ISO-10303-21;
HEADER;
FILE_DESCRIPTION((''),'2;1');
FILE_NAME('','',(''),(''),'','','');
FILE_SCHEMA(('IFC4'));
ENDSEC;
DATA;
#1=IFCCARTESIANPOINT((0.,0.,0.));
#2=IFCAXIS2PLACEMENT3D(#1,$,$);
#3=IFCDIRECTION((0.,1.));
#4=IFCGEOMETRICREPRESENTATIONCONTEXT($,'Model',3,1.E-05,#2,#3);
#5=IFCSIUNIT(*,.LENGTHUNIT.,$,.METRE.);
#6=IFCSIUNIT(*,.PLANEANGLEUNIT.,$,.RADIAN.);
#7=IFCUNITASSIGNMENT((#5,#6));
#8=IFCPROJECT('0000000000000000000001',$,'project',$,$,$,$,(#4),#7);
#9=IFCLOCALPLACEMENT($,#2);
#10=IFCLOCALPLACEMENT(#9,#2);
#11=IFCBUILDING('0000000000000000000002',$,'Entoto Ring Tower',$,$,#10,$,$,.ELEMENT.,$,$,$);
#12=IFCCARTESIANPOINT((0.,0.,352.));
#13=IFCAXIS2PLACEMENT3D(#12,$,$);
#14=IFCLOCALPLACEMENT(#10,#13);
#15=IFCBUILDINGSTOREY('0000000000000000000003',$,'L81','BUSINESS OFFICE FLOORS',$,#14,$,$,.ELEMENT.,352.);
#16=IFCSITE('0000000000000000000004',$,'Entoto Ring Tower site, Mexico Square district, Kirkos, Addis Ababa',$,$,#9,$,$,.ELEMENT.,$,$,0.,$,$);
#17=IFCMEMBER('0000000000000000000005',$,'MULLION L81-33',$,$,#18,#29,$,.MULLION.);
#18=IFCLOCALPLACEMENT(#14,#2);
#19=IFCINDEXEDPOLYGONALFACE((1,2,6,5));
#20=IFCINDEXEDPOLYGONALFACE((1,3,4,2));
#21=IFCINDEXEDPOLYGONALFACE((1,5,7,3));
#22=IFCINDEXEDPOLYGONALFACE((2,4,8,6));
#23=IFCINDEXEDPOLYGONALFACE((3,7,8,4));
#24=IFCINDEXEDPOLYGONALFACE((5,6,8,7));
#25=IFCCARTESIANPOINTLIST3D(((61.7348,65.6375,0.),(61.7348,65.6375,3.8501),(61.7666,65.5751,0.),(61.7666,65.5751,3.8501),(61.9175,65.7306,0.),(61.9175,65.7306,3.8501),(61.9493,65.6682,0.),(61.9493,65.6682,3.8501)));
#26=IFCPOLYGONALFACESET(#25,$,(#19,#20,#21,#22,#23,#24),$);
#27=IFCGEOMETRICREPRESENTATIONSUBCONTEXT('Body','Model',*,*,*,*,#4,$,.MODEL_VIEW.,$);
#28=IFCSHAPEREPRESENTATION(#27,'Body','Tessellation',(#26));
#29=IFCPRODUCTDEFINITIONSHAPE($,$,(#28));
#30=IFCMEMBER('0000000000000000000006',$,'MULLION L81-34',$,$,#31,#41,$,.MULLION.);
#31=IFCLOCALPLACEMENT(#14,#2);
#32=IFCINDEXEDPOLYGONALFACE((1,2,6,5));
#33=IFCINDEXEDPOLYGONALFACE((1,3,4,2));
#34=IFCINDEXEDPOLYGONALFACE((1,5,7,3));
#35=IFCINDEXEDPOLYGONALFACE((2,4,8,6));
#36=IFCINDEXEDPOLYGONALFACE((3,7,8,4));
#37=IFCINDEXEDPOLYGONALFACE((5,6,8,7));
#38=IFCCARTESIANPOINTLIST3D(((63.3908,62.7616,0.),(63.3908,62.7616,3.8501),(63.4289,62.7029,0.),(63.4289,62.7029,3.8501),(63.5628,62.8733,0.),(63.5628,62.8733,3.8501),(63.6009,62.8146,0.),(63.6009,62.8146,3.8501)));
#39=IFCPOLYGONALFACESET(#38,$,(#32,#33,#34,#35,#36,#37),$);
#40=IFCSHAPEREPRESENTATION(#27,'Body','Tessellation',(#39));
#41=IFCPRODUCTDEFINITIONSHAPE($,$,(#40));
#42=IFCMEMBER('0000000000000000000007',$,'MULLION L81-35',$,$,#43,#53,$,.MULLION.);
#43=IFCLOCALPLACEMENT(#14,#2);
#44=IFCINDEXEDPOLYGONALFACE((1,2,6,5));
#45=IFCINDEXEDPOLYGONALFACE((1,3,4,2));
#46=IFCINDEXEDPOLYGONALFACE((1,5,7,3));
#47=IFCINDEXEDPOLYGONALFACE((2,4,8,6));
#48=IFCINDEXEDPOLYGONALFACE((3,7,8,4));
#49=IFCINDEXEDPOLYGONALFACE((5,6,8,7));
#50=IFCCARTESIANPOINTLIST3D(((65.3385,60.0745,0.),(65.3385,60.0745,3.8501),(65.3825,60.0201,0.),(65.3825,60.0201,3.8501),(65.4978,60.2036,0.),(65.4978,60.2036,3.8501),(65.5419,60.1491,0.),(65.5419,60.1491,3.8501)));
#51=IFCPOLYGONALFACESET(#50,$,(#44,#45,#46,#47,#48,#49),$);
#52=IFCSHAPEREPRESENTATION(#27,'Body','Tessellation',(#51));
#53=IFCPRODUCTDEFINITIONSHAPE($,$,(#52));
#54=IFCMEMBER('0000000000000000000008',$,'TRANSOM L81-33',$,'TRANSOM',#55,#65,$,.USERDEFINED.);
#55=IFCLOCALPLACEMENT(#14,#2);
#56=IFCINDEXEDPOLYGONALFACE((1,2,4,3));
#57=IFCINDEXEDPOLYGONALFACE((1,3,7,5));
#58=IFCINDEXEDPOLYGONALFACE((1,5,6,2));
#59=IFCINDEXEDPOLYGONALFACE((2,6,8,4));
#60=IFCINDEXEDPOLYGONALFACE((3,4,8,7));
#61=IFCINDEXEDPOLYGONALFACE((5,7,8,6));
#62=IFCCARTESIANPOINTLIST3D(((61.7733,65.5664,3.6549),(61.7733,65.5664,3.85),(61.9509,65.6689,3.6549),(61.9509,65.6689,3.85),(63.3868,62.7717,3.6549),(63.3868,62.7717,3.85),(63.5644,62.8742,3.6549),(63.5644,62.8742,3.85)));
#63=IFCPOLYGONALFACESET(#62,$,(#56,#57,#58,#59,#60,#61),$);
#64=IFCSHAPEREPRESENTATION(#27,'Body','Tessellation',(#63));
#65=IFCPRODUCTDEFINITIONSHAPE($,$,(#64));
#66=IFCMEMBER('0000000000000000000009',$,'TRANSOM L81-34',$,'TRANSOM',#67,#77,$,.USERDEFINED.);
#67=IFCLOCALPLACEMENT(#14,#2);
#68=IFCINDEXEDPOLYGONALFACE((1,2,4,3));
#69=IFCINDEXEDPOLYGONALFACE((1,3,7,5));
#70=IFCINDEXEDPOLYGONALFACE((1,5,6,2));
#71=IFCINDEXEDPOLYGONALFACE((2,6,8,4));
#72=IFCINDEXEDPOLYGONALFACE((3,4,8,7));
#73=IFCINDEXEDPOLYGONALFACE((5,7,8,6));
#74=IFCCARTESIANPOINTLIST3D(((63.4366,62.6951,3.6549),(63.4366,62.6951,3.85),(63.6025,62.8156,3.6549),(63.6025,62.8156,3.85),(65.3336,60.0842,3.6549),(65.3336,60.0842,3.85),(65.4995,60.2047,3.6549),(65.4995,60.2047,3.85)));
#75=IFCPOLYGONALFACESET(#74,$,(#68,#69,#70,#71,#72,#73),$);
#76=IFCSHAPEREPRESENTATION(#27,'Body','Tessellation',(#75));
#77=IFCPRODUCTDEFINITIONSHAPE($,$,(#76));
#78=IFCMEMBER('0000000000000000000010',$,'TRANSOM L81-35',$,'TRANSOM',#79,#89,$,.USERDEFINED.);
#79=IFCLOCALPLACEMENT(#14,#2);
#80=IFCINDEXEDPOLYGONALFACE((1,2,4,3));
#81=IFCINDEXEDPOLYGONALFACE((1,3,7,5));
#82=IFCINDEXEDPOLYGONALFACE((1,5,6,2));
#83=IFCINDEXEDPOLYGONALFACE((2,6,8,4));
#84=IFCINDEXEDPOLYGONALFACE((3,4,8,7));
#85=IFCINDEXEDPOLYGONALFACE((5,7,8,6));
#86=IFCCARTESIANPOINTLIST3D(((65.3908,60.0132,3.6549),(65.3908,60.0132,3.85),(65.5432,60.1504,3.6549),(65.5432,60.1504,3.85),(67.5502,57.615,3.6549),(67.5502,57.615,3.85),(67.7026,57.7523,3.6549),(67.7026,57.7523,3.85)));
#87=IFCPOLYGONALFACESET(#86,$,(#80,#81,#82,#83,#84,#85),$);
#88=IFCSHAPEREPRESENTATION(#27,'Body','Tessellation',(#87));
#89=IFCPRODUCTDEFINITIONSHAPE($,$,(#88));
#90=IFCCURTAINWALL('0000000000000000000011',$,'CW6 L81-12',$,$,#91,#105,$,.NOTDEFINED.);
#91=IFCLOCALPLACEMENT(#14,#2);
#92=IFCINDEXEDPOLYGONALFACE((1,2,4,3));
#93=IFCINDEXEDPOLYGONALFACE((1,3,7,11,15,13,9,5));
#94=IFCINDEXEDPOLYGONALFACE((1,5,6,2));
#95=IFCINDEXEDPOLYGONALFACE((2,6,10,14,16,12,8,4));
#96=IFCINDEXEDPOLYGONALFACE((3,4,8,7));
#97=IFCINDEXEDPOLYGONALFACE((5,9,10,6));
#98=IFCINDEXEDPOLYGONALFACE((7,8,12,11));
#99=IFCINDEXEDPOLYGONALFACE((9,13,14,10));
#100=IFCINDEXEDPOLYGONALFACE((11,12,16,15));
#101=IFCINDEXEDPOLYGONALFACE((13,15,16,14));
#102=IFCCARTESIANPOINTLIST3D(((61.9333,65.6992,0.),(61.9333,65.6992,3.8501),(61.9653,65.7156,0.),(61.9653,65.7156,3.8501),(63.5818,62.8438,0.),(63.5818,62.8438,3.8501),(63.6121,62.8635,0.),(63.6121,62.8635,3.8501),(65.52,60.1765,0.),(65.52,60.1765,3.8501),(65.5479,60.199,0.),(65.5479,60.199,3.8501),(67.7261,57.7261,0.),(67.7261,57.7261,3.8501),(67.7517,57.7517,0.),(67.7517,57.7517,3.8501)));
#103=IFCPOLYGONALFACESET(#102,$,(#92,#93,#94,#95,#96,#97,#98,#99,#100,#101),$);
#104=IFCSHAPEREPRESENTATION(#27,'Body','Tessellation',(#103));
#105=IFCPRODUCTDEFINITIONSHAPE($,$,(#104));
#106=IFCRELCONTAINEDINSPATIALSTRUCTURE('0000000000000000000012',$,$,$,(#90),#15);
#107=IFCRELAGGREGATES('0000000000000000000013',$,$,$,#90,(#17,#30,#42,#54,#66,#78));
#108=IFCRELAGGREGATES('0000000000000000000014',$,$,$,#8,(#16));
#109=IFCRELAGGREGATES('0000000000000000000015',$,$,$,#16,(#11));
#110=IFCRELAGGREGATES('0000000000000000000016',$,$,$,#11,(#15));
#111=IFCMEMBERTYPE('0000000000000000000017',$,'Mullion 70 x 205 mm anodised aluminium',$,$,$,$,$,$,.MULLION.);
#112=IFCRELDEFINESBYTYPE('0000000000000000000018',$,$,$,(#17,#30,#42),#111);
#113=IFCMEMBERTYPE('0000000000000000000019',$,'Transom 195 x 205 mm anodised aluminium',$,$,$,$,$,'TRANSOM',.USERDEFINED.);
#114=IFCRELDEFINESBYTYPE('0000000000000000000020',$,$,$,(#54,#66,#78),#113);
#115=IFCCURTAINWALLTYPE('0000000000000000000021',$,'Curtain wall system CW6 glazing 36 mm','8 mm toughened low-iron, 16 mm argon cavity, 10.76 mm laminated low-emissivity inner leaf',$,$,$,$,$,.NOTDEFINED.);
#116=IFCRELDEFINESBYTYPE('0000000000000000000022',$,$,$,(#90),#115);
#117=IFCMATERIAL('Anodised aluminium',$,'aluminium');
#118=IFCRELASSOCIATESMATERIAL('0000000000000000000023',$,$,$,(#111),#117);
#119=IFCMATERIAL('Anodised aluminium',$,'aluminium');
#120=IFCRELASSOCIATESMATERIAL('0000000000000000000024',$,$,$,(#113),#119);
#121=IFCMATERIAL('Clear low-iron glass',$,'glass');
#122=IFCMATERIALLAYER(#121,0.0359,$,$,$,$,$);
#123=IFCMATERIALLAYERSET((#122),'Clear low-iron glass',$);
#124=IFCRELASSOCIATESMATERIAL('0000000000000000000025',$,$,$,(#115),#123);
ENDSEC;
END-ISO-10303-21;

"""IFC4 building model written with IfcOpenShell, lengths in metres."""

from ifc_helpers import new_model, si_unit, direction, frame, origin, origin_2d, place, context, subcontext, project, spatial, polyline, rectangle, outline, extrude, material, layer, layer_set, material_profile, profile_set, type_object, element, aggregate, save


model = new_model("IFC4")

# Units and contexts
model_context = context("Model", 3, precision=1e-05, world=origin(), true_north=direction((0.0, 1.0)))
body_context = subcontext(model_context, "Body", "Model", "MODEL_VIEW")
ifc_project = project(units=[si_unit("LENGTHUNIT", "METRE"), si_unit("PLANEANGLEUNIT", "RADIAN")], contexts=[model_context])

# Members
ifc_material_1 = material(Name="Anodised aluminium", Category="aluminium")
ifc_material_profile_1 = material_profile(ifc_material_1, rectangle(XDim=0.0701, YDim=0.2051, at=origin_2d()), Name="Mullion 70 x 205 mm anodised aluminium")
ifc_profile_set_1 = profile_set([ifc_material_profile_1], Name="Anodised aluminium")
member_type_1 = type_object("IfcMemberType", Name="Mullion 70 x 205 mm anodised aluminium", PredefinedType="MULLION", material=ifc_profile_set_1)
site_placement = place(None, origin())
building_placement = place(site_placement, origin())
storey_placement = place(building_placement, frame((0.0, 0.0, 352.0)))
member_1_placement = place(storey_placement, frame((61.842, 65.6528, 0.0), z_axis=(0.0, 0.0, 1.0), x_axis=(0.45399, -0.891007, 0.0)))
member_1 = element("IfcMember", 1, at=member_1_placement, type_object=member_type_1, Name="MULLION L81-33", PredefinedType="MULLION", context=body_context, shape_type="SweptSolid", body=[
    extrude(rectangle(XDim=0.0701, YDim=0.2051, at=origin_2d()), origin(), (0.0, 0.0, 1.0), 3.8501),
])
member_2_placement = place(storey_placement, frame((63.4958, 62.7881, 0.0), z_axis=(0.0, 0.0, 1.0), x_axis=(0.544639, -0.838671, 0.0)))
member_2 = element("IfcMember", 2, at=member_2_placement, type_object=member_type_1, Name="MULLION L81-34", PredefinedType="MULLION", context=body_context, shape_type="SweptSolid", body=[
    extrude(rectangle(XDim=0.0701, YDim=0.2051, at=origin_2d()), origin(), (0.0, 0.0, 1.0), 3.8501),
])
member_3_placement = place(storey_placement, frame((65.4402, 60.1118, 0.0), z_axis=(0.0, 0.0, 1.0), x_axis=(0.62932, -0.777146, 0.0)))
member_3 = element("IfcMember", 3, at=member_3_placement, type_object=member_type_1, Name="MULLION L81-35", PredefinedType="MULLION", context=body_context, shape_type="SweptSolid", body=[
    extrude(rectangle(XDim=0.0701, YDim=0.2051, at=origin_2d()), origin(), (0.0, 0.0, 1.0), 3.8501),
])
ifc_material_2 = material(Name="Anodised aluminium", Category="aluminium")
ifc_material_profile_2 = material_profile(ifc_material_2, rectangle(XDim=0.2051, YDim=0.1951, at=origin_2d()), Name="Transom 195 x 205 mm anodised aluminium")
ifc_profile_set_2 = profile_set([ifc_material_profile_2], Name="Anodised aluminium")
member_type_2 = type_object("IfcMemberType", Name="Transom 195 x 205 mm anodised aluminium", ElementType="TRANSOM", PredefinedType="USERDEFINED", material=ifc_profile_set_2)
member_4_placement = place(storey_placement, frame((61.8621, 65.6177, 3.7524), z_axis=(0.500004, -0.866023, 0.0), x_axis=(0.866023, 0.500004, 0.0)))
member_4 = element("IfcMember", 4, at=member_4_placement, type_object=member_type_2, Name="TRANSOM L81-33", ObjectType="TRANSOM", PredefinedType="USERDEFINED", context=body_context, shape_type="SweptSolid", body=[
    extrude(rectangle(XDim=0.2051, YDim=0.1951, at=origin_2d()), origin(), (0.0, 0.0, 1.0), 3.2271),
])
member_5_placement = place(storey_placement, frame((63.5195, 62.7554, 3.7524), z_axis=(0.587803, -0.809004, 0.0), x_axis=(0.809004, 0.587803, 0.0)))
member_5 = element("IfcMember", 5, at=member_5_placement, type_object=member_type_2, Name="TRANSOM L81-34", ObjectType="TRANSOM", PredefinedType="USERDEFINED", context=body_context, shape_type="SweptSolid", body=[
    extrude(rectangle(XDim=0.2051, YDim=0.1951, at=origin_2d()), origin(), (0.0, 0.0, 1.0), 3.2273),
])
member_6_placement = place(storey_placement, frame((65.467, 60.0818, 3.7524), z_axis=(0.669144, -0.743132, 0.0), x_axis=(0.743132, 0.669144, 0.0)))
member_6 = element("IfcMember", 6, at=member_6_placement, type_object=member_type_2, Name="TRANSOM L81-35", ObjectType="TRANSOM", PredefinedType="USERDEFINED", context=body_context, shape_type="SweptSolid", body=[
    extrude(rectangle(XDim=0.2051, YDim=0.1951, at=origin_2d()), origin(), (0.0, 0.0, 1.0), 3.2271),
])

# Site, building, storey
site = spatial("IfcSite", under=ifc_project, at=site_placement, Name="Entoto Ring Tower site, Mexico Square district, Kirkos, Addis Ababa", CompositionType="ELEMENT", RefElevation=0.0)
building = spatial("IfcBuilding", under=site, at=building_placement, Name="Entoto Ring Tower", CompositionType="ELEMENT")
storey = spatial("IfcBuildingStorey", under=building, at=storey_placement, Name="L81", Description="BUSINESS OFFICE FLOORS", CompositionType="ELEMENT", Elevation=352.0)

# Curtain wall
ifc_material_3 = material(Name="Clear low-iron glass", Category="glass")
ifc_layer = layer(ifc_material_3, 0.0359)
ifc_layer_set = layer_set([ifc_layer], Name="Clear low-iron glass")
curtain_wall_type = type_object("IfcCurtainWallType", Name="Curtain wall system CW6 glazing 36 mm", Description="8 mm toughened low-iron, 16 mm argon cavity, 10.76 mm laminated low-emissivity inner leaf", PredefinedType="NOTDEFINED", material=ifc_layer_set)
curtain_wall_1_placement = place(storey_placement, origin())
curtain_wall_1 = element("IfcCurtainWall", 7, at=curtain_wall_1_placement, inside=storey, type_object=curtain_wall_type, Name="CW6 L81-12", PredefinedType="NOTDEFINED", context=body_context, shape_type="SweptSolid", body=[
    extrude(outline(polyline([(61.9333, 65.6992), (63.5818, 62.8438), (65.52, 60.1765), (67.7261, 57.7261), (67.7517, 57.7517), (65.5479, 60.199), (63.6121, 62.8635), (61.9653, 65.7156), (61.9333, 65.6992)])), origin(), (0.0, 0.0, 1.0), 3.8501),
])
aggregate(curtain_wall_1, [member_1, member_2, member_3, member_4, member_5, member_6])

save(model, "model.ifc")
